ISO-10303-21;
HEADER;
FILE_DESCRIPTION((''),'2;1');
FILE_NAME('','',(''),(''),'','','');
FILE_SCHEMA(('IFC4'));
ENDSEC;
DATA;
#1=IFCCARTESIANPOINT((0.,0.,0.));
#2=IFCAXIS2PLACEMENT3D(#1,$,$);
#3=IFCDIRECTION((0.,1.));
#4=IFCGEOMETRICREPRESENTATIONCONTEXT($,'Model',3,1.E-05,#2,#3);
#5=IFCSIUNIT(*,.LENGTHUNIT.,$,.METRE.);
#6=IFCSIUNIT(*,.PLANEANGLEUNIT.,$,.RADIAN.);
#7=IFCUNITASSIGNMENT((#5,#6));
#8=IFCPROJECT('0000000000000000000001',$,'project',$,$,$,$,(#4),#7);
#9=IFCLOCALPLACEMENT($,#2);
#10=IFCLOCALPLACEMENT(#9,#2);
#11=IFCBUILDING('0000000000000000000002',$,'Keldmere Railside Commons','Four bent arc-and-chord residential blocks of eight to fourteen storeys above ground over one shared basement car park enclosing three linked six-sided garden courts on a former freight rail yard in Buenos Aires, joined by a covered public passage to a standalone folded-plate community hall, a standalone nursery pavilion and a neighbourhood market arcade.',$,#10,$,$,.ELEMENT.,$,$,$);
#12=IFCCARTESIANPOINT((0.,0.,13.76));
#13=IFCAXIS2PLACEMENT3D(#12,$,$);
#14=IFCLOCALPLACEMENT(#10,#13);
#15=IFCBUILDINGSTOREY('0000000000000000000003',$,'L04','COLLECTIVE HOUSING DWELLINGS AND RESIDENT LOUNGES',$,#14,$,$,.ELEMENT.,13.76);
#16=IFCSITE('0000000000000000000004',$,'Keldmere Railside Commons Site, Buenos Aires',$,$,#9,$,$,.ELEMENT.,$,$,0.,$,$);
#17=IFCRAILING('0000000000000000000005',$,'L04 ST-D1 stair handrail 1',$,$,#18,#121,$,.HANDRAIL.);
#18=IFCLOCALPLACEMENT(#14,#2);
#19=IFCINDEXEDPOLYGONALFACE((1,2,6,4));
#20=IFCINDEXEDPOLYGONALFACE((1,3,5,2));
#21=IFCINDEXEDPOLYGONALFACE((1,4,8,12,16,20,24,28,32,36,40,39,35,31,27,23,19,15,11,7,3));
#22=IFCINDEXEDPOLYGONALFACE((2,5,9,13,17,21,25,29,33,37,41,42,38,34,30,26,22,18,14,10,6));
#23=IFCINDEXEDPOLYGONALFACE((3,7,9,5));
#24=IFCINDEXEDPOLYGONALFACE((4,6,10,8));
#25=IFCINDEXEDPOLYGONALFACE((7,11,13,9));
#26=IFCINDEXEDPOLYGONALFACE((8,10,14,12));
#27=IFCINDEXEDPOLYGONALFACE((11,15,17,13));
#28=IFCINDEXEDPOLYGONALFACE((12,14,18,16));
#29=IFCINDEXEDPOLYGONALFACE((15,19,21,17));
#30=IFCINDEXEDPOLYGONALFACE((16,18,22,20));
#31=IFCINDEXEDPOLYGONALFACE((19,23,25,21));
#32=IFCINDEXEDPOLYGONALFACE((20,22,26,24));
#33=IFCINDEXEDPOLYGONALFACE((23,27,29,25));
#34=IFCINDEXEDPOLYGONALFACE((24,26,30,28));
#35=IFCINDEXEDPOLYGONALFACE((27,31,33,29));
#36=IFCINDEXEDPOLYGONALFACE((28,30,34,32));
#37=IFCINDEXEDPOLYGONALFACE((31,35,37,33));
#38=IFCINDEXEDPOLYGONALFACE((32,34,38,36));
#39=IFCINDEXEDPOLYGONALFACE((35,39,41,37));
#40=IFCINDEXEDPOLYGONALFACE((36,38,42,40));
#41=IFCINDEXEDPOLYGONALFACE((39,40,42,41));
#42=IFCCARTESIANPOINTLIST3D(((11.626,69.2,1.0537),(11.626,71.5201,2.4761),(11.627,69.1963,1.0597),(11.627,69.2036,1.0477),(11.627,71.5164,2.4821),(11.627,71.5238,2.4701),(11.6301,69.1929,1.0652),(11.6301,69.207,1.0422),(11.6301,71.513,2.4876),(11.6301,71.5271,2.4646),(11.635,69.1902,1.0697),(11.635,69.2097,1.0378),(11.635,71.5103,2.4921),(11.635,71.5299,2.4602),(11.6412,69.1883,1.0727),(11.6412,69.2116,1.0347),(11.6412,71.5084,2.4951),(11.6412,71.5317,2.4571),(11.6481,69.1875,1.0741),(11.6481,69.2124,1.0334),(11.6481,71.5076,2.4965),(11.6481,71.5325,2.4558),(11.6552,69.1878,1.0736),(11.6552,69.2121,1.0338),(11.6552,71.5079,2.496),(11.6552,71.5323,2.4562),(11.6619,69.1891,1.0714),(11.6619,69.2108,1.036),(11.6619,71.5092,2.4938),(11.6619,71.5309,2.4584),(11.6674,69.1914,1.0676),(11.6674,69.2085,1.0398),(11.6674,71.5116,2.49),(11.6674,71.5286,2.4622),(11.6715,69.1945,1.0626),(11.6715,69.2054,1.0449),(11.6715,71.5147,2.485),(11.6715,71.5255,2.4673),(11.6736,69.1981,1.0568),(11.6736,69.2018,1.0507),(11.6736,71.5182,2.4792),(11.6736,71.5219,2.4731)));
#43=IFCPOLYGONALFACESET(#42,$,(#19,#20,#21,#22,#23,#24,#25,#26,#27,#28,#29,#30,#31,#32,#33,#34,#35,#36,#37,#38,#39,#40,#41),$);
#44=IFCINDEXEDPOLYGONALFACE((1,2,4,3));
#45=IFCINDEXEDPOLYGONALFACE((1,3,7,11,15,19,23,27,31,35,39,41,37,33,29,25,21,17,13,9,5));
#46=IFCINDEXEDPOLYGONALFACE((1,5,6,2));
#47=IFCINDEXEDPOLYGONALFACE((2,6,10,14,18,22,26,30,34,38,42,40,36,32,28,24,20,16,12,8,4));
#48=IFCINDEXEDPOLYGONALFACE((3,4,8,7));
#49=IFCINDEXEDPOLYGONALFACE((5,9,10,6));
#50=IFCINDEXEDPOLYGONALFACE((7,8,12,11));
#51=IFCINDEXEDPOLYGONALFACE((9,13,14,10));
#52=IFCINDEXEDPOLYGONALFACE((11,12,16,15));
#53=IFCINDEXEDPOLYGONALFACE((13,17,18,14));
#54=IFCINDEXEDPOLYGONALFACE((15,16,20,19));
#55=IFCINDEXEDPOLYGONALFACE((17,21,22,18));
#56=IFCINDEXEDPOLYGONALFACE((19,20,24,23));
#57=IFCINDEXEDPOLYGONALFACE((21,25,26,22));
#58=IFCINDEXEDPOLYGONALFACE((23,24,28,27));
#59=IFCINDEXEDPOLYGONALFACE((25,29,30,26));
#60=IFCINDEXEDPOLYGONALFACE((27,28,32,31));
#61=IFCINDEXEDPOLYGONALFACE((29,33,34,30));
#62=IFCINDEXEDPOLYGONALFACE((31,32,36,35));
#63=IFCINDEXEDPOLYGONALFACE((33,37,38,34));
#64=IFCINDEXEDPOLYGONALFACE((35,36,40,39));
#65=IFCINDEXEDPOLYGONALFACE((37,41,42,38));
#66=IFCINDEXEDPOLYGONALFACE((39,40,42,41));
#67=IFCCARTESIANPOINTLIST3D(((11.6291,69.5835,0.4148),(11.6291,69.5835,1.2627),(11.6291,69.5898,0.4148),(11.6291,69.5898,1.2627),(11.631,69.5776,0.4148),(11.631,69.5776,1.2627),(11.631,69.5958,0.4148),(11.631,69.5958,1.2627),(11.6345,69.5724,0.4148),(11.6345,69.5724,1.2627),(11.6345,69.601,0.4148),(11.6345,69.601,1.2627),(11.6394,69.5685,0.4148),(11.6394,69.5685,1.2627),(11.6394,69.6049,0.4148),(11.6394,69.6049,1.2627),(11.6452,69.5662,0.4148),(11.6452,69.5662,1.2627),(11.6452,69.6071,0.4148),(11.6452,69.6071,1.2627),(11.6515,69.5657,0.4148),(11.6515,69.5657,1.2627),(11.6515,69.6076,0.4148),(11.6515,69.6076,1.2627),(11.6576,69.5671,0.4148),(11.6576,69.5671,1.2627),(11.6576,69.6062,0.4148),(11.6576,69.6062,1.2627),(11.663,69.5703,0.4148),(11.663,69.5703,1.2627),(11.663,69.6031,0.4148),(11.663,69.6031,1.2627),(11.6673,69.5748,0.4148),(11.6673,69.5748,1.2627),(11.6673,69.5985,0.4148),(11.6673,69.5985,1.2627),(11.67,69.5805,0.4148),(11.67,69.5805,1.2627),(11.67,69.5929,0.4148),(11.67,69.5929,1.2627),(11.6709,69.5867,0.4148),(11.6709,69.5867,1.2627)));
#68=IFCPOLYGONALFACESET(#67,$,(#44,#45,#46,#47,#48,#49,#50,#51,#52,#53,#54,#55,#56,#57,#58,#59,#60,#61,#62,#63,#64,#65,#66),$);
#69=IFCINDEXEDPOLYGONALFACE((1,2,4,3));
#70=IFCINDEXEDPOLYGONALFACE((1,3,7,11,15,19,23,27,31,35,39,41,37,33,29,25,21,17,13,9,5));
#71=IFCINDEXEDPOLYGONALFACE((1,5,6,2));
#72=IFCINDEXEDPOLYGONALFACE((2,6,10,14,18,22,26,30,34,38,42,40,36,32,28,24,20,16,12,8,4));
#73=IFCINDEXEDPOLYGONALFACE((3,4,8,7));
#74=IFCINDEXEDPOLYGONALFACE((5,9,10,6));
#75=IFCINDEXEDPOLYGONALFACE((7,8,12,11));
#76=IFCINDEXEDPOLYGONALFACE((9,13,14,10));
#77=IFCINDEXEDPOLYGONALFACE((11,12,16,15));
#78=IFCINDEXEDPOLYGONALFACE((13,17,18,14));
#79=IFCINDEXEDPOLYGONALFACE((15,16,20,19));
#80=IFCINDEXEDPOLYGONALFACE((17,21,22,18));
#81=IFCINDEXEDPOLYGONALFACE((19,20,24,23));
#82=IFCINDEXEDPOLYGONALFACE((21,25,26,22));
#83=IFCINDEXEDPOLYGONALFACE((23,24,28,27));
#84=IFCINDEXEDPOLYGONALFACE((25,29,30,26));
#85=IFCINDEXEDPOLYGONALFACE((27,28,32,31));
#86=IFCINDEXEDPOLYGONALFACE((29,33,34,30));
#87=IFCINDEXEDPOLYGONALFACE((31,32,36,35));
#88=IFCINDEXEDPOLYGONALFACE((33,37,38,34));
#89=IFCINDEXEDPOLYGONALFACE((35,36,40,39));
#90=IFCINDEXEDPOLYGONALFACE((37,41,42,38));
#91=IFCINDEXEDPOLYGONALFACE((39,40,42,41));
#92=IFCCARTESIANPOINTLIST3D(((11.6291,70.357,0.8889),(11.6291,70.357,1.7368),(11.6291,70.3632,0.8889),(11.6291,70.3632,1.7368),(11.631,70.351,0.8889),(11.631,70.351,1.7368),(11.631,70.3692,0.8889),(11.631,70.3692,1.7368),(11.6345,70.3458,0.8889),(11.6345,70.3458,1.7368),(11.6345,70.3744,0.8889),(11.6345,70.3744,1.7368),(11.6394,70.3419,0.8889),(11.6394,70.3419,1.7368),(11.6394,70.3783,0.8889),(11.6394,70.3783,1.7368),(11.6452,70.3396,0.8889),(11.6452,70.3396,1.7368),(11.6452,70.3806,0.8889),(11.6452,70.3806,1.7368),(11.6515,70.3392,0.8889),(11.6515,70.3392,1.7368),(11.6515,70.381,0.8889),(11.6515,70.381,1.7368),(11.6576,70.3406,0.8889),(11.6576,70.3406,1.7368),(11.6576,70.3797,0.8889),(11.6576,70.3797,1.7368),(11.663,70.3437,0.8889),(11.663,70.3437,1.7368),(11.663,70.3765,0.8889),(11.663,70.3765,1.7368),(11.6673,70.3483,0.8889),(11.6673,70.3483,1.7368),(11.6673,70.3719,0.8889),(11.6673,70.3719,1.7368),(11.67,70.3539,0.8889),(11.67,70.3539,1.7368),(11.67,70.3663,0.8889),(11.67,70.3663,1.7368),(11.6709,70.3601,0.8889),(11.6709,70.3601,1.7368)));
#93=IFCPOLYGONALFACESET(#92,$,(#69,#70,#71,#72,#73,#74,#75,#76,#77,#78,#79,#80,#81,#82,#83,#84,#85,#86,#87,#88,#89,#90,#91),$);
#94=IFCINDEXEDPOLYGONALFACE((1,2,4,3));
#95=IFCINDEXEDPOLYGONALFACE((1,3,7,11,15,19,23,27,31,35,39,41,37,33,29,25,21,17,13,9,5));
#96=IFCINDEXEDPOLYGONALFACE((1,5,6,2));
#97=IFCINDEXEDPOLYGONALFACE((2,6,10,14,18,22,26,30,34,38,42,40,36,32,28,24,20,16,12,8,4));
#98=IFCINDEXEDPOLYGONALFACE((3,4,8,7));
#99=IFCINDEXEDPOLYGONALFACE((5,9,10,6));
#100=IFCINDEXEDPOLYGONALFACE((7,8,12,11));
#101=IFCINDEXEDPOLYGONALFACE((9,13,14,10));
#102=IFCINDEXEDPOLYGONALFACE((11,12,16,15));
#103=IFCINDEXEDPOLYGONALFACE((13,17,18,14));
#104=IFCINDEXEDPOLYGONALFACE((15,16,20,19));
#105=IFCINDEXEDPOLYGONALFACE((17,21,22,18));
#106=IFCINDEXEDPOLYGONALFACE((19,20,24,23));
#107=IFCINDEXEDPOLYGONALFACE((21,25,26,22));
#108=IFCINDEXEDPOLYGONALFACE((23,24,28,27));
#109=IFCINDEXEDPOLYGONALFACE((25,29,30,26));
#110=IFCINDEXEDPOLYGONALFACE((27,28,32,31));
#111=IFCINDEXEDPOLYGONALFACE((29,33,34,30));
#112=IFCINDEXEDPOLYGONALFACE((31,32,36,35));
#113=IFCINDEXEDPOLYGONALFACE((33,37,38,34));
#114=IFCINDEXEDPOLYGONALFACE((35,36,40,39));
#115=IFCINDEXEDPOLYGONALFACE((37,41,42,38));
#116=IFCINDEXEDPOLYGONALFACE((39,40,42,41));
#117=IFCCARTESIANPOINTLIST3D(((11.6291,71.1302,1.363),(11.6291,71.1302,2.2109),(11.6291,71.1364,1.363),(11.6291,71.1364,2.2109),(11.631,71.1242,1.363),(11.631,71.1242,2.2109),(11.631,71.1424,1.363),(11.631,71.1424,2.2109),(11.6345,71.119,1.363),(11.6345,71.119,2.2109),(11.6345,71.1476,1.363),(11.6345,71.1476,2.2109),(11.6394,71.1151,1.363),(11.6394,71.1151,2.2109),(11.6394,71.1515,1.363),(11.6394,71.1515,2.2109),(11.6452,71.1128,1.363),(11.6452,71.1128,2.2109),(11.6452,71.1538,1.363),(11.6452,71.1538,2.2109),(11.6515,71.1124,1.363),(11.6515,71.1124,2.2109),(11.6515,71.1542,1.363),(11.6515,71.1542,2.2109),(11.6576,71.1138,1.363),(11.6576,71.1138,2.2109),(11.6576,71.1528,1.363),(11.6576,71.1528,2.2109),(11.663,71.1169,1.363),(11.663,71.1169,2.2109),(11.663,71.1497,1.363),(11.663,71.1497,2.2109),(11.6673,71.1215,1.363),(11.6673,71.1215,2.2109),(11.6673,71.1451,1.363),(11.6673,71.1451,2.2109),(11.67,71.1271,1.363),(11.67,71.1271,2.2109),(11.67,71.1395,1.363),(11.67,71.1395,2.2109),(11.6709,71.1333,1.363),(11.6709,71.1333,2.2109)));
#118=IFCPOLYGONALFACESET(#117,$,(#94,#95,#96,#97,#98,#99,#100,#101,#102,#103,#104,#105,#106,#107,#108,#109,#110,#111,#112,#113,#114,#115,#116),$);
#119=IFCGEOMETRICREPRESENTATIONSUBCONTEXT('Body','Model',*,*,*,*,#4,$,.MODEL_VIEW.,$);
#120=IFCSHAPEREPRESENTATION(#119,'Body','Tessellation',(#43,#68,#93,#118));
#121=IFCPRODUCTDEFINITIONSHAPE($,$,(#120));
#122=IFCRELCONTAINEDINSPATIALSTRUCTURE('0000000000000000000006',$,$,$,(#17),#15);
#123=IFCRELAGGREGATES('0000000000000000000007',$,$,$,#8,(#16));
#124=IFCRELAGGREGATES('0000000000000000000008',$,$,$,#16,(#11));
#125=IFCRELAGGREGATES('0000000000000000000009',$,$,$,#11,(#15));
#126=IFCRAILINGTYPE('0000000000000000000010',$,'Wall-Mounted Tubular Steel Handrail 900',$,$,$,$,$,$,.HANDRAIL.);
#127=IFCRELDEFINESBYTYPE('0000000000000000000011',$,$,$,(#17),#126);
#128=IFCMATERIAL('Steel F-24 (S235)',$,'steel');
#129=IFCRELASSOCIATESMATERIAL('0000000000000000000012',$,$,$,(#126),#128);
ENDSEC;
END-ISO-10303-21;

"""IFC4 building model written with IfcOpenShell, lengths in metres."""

from ifc_helpers import new_model, si_unit, direction, frame, origin, origin_2d, place, context, subcontext, project, spatial, circle, extrude, material, type_object, element, save


model = new_model("IFC4")

# Units and contexts
model_context = context("Model", 3, precision=1e-05, world=origin(), true_north=direction((0.0, 1.0)))
body_context = subcontext(model_context, "Body", "Model", "MODEL_VIEW")
ifc_project = project(units=[si_unit("LENGTHUNIT", "METRE"), si_unit("PLANEANGLEUNIT", "RADIAN")], contexts=[model_context])

# Site, building, storey
site_placement = place(None, origin())
site = spatial("IfcSite", under=ifc_project, at=site_placement, Name="Keldmere Railside Commons Site, Buenos Aires", CompositionType="ELEMENT", RefElevation=0.0)
building_placement = place(site_placement, origin())
building = spatial("IfcBuilding", under=site, at=building_placement, Name="Keldmere Railside Commons", Description="Four bent arc-and-chord residential blocks of eight to fourteen storeys above ground over one shared basement car park enclosing three linked six-sided garden courts on a former freight rail yard in Buenos Aires, joined by a covered public passage to a standalone folded-plate community hall, a standalone nursery pavilion and a neighbourhood market arcade.", CompositionType="ELEMENT")
storey_placement = place(building_placement, frame((0.0, 0.0, 13.76)))
storey = spatial("IfcBuildingStorey", under=building, at=storey_placement, Name="L04", Description="COLLECTIVE HOUSING DWELLINGS AND RESIDENT LOUNGES", CompositionType="ELEMENT", Elevation=13.76)

# Railing
ifc_material_1 = material(Name="Steel F-24 (S235)", Category="steel")
railing_type_1 = type_object("IfcRailingType", Name="Wall-Mounted Tubular Steel Handrail 900", PredefinedType="HANDRAIL", material=ifc_material_1)
railing_1_placement = place(storey_placement, frame((11.6499, 69.2, 0.1777)))
element("IfcRailing", 1, at=railing_1_placement, inside=storey, type_object=railing_type_1, Name="L04 ST-D1 stair handrail 1", PredefinedType="HANDRAIL", context=body_context, shape_type="SweptSolid", body=[
    extrude(circle(Radius=0.0239, at=origin_2d()), frame((0.0, 0.0, 0.876), z_axis=(0.0, 0.852538, 0.522665), x_axis=(-1.0, 0.0, 0.0)), (0.0, 0.0, 1.0), 2.7214),
    extrude(circle(Radius=0.021, at=origin_2d()), frame((0.0, 0.3867, 0.2371)), (0.0, 0.0, 1.0), 0.8479),
    extrude(circle(Radius=0.021, at=origin_2d()), frame((0.0, 1.1602, 0.7112)), (0.0, 0.0, 1.0), 0.8479),
    extrude(circle(Radius=0.021, at=origin_2d()), frame((0.0, 1.9333, 1.1853)), (0.0, 0.0, 1.0), 0.8479),
])

save(model, "model.ifc")
